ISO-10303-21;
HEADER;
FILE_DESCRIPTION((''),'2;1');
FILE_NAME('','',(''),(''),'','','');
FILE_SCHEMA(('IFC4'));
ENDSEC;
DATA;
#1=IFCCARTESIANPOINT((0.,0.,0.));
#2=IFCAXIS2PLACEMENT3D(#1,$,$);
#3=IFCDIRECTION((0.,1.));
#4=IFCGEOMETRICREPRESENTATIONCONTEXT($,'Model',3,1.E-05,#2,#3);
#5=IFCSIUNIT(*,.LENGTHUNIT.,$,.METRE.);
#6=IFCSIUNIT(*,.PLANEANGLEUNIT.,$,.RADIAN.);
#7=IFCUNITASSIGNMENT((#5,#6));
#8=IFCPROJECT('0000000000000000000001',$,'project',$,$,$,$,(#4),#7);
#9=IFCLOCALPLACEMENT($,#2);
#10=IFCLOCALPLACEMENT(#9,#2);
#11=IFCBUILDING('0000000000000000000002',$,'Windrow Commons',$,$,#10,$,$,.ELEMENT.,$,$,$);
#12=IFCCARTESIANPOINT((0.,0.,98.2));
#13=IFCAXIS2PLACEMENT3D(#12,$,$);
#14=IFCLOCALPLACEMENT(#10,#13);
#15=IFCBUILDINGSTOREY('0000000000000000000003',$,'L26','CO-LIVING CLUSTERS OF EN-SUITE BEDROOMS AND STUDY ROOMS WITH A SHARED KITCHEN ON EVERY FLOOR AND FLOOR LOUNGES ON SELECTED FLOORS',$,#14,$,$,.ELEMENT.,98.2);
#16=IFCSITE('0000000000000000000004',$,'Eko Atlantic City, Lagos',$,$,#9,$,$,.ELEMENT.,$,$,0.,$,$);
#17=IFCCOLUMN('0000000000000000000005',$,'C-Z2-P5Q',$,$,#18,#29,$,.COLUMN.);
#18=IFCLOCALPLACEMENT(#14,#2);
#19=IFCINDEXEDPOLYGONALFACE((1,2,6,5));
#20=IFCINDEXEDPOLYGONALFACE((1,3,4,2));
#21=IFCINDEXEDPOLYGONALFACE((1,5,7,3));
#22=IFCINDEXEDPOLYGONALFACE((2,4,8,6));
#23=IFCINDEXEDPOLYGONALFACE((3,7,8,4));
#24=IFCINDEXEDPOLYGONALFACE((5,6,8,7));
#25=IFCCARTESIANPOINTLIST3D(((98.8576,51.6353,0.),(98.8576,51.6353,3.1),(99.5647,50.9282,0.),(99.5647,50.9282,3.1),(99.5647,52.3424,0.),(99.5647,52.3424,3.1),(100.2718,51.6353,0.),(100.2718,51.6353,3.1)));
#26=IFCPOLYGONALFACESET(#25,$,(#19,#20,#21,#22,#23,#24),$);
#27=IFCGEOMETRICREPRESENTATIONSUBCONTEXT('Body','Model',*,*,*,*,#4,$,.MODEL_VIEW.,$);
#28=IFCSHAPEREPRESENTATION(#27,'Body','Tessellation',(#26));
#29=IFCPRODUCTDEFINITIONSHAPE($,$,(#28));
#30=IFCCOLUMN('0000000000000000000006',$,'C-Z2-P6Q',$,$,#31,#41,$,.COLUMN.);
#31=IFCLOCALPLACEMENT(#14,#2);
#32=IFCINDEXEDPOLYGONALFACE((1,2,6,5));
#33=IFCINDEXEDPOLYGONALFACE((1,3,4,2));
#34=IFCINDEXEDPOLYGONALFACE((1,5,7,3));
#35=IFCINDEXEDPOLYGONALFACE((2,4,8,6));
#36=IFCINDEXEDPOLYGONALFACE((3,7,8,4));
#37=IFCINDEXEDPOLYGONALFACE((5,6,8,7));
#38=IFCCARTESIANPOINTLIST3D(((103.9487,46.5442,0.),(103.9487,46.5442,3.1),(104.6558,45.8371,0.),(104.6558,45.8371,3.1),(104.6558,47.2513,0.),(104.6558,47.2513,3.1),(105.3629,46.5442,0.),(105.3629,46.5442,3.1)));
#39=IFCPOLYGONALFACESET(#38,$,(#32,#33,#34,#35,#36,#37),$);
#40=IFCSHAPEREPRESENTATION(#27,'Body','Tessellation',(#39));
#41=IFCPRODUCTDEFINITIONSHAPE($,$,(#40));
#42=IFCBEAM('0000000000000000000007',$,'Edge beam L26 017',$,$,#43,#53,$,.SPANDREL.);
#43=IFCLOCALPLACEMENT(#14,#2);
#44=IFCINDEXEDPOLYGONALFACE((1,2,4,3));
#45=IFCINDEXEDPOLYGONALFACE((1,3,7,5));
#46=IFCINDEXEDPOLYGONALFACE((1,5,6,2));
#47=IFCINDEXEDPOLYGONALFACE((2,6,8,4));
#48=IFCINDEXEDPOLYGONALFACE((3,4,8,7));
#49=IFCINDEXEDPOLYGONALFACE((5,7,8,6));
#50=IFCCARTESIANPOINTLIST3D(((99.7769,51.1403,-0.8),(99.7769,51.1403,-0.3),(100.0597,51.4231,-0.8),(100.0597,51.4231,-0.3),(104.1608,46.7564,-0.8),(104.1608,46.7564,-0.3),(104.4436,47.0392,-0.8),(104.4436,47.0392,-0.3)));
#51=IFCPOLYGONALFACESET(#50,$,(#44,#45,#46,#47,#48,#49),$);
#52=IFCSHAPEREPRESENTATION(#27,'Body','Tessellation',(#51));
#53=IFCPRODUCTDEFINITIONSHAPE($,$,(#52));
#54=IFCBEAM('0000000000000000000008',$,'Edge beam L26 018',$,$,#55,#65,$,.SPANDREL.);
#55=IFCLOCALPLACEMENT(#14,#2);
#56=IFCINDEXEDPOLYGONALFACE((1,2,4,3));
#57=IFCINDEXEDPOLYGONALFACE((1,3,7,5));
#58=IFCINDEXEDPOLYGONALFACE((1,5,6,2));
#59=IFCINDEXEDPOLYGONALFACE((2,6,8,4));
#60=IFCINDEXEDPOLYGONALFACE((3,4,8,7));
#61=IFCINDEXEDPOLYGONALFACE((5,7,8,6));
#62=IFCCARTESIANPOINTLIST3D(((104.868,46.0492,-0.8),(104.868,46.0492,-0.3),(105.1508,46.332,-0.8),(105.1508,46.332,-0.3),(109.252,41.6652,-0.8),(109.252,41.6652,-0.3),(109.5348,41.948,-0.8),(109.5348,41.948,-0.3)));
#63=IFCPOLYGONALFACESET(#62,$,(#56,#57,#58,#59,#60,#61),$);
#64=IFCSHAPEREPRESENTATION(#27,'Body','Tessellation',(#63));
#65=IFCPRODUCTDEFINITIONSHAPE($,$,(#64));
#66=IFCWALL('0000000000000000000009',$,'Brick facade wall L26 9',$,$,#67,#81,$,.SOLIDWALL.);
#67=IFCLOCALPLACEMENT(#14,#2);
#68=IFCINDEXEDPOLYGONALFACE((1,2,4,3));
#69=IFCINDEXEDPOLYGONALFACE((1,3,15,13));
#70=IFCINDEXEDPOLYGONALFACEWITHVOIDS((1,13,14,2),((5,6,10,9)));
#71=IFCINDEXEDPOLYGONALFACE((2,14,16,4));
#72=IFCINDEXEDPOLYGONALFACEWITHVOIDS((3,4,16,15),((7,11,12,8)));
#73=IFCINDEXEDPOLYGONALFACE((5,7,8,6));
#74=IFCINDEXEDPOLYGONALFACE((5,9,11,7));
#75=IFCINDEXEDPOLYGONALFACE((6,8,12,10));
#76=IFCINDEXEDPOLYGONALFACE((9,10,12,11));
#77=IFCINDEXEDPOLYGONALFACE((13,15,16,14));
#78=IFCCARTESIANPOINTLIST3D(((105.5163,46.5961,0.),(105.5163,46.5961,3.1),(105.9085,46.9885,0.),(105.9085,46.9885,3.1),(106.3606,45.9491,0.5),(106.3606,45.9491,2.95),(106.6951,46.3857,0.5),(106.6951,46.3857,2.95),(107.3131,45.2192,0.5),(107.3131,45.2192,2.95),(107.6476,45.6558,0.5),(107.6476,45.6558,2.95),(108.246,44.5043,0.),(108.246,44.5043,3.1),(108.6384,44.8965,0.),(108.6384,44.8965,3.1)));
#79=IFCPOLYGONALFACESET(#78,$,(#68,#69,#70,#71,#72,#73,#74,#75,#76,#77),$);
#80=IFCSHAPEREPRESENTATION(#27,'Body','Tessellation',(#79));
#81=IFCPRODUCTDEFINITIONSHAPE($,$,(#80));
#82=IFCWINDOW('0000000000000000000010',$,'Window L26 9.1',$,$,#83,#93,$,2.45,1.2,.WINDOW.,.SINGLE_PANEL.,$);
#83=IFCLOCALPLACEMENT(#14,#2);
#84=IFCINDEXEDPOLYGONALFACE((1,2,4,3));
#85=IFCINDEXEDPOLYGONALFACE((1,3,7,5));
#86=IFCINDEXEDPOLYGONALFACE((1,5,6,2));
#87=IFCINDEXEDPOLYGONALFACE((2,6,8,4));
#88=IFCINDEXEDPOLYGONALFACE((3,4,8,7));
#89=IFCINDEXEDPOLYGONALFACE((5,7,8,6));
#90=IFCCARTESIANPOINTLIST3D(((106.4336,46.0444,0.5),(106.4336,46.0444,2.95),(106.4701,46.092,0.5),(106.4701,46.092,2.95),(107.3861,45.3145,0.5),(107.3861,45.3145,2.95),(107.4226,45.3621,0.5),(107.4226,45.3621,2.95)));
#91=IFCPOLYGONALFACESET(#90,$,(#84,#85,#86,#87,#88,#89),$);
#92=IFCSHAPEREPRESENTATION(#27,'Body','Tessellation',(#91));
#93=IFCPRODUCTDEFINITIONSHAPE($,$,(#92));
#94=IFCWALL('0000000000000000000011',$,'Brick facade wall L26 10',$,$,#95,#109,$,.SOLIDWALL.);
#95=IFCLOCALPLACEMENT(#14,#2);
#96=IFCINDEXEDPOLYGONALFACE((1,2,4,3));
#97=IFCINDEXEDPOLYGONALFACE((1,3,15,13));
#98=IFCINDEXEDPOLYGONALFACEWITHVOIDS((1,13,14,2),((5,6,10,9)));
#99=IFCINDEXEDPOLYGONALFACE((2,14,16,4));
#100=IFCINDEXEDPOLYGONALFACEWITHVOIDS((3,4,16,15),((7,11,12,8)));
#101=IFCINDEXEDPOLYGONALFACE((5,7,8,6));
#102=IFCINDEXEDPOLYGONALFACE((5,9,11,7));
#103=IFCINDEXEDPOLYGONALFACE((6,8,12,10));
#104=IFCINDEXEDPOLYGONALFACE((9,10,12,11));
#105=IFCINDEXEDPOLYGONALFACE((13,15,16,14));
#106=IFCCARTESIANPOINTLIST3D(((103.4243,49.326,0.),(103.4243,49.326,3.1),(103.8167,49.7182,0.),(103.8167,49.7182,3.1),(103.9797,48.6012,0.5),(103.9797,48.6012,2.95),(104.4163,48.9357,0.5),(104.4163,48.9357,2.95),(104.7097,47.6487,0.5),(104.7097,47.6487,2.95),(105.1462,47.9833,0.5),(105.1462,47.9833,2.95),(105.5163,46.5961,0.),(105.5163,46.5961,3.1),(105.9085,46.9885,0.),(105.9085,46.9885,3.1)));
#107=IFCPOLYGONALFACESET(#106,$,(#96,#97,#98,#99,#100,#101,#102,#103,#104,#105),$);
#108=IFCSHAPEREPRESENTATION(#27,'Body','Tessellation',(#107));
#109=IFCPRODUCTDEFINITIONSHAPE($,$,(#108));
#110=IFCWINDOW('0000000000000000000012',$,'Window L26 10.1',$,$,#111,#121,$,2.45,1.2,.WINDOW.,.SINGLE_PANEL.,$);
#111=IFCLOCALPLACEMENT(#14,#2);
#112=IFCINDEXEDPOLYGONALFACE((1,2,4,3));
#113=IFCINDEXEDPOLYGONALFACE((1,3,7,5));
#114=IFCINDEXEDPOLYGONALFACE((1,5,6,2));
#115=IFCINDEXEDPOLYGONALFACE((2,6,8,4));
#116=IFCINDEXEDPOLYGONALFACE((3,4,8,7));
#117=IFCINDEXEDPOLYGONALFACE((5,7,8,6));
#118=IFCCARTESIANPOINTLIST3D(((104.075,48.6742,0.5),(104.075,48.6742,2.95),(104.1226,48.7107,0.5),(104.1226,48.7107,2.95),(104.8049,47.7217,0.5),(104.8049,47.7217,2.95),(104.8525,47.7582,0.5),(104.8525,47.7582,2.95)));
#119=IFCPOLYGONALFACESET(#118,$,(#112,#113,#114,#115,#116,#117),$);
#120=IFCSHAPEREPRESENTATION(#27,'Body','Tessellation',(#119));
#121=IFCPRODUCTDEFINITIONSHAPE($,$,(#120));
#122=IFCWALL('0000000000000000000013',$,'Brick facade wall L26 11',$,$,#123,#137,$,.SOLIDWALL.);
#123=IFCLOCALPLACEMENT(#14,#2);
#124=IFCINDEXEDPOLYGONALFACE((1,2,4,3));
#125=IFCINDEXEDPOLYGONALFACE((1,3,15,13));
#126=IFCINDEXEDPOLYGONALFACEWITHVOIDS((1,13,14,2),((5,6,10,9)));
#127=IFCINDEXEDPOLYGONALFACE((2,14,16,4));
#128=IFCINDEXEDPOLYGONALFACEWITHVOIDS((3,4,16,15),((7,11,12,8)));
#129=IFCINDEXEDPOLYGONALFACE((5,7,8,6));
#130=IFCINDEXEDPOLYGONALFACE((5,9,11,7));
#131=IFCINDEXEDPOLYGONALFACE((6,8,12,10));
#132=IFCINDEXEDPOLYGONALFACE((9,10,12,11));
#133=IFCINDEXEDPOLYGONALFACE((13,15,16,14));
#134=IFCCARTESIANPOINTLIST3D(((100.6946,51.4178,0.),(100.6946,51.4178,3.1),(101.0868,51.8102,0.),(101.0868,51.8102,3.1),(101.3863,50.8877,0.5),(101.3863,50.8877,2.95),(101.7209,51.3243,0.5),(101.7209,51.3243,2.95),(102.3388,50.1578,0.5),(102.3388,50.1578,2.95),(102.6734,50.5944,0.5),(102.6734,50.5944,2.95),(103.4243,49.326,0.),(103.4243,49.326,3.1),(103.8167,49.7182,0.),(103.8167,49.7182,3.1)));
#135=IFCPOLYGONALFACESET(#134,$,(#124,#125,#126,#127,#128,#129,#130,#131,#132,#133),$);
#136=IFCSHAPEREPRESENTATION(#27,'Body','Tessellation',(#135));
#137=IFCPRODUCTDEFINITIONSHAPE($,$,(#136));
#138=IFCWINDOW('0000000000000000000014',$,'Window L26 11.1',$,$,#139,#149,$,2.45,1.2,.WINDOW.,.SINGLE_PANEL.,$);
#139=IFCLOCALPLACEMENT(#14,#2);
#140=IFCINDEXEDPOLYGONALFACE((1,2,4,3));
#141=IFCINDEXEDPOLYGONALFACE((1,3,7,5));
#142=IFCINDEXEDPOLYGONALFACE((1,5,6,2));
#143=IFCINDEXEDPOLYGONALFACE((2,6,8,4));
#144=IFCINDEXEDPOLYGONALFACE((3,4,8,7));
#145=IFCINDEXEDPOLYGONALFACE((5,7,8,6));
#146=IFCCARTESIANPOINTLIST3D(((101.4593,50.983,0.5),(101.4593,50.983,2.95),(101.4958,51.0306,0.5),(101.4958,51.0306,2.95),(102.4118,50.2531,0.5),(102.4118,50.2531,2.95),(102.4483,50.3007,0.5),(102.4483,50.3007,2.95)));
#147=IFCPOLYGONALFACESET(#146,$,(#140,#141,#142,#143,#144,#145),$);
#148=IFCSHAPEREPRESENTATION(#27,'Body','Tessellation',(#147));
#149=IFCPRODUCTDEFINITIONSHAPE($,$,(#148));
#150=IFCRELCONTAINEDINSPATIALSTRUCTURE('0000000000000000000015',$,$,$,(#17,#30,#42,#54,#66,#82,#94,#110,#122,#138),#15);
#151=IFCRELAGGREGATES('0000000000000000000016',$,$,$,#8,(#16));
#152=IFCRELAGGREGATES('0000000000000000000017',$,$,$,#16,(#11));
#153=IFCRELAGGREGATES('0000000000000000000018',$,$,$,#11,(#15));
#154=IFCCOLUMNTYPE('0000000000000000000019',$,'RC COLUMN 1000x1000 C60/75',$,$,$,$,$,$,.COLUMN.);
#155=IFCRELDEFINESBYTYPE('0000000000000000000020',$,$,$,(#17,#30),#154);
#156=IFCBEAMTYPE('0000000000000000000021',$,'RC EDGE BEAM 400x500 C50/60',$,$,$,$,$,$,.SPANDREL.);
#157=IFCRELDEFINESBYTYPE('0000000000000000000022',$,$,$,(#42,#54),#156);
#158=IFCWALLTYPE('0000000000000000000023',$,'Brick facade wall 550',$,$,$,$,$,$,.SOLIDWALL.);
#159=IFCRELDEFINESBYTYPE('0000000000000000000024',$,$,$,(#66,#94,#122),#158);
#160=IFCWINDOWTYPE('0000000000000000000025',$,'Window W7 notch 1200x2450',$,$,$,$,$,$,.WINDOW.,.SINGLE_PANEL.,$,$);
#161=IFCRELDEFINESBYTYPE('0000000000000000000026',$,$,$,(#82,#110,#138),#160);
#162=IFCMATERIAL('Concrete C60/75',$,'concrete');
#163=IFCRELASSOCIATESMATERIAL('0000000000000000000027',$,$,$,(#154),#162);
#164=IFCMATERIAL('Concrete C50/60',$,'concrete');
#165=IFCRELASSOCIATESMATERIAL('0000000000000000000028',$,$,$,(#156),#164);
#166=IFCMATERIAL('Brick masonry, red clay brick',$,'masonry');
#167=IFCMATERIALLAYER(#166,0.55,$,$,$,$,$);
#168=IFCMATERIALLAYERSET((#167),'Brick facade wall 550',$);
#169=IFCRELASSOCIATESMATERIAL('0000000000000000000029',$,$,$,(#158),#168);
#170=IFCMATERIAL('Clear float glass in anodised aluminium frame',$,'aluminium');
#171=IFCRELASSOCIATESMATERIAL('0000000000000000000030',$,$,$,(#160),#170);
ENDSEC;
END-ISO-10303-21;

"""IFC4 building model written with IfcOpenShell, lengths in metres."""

from ifc_helpers import new_model, si_unit, direction, frame, frame_2d, origin, origin_2d, place, context, subcontext, project, spatial, polyline, rectangle, outline, extrude, material, layer, layer_set, material_profile, profile_set, type_object, element, fill, save


model = new_model("IFC4")

# Units and contexts
model_context = context("Model", 3, precision=1e-05, world=origin(), true_north=direction((0.0, 1.0)))
body_context = subcontext(model_context, "Body", "Model", "MODEL_VIEW")
ifc_project = project(units=[si_unit("LENGTHUNIT", "METRE"), si_unit("PLANEANGLEUNIT", "RADIAN")], contexts=[model_context])

# Site, building, storey
site_placement = place(None, origin())
site = spatial("IfcSite", under=ifc_project, at=site_placement, Name="Eko Atlantic City, Lagos", CompositionType="ELEMENT", RefElevation=0.0)
building_placement = place(site_placement, origin())
building = spatial("IfcBuilding", under=site, at=building_placement, Name="Windrow Commons", CompositionType="ELEMENT")
storey_placement = place(building_placement, frame((0.0, 0.0, 98.2)))
storey = spatial("IfcBuildingStorey", under=building, at=storey_placement, Name="L26", Description="CO-LIVING CLUSTERS OF EN-SUITE BEDROOMS AND STUDY ROOMS WITH A SHARED KITCHEN ON EVERY FLOOR AND FLOOR LOUNGES ON SELECTED FLOORS", CompositionType="ELEMENT", Elevation=98.2)

# Columns
ifc_material_1 = material(Name="Concrete C60/75", Category="concrete")
ifc_material_profile_1 = material_profile(ifc_material_1, rectangle(XDim=1.0, YDim=1.0, at=origin_2d()))
ifc_profile_set_1 = profile_set([ifc_material_profile_1], Name="Concrete C60/75")
column_type = type_object("IfcColumnType", Name="RC COLUMN 1000x1000 C60/75", PredefinedType="COLUMN", material=ifc_profile_set_1)
for number, where, z_axis, x_axis, name in (
    (1, (99.5647, 51.6353, 0.0), (0.0, 0.0, 1.0), (0.707107, -0.707107, 0.0), "C-Z2-P5Q"),
    (2, (104.6558, 46.5442, 0.0), (0.0, 0.0, 1.0), (0.707107, -0.707107, 0.0), "C-Z2-P6Q"),
):
    element("IfcColumn", number, at=place(storey_placement, frame(where, z_axis=z_axis, x_axis=x_axis)), inside=storey, type_object=column_type, Name=name, PredefinedType="COLUMN", context=body_context, shape_type="SweptSolid", body=[
        extrude(rectangle(XDim=1.0, YDim=1.0, at=origin_2d()), origin(), (0.0, 0.0, 1.0), 3.1),
    ])

# Beams
ifc_material_2 = material(Name="Concrete C50/60", Category="concrete")
ifc_material_profile_2 = material_profile(ifc_material_2, rectangle(XDim=0.4, YDim=0.5, at=origin_2d()))
ifc_profile_set_2 = profile_set([ifc_material_profile_2], Name="Concrete C50/60")
beam_type = type_object("IfcBeamType", Name="RC EDGE BEAM 400x500 C50/60", PredefinedType="SPANDREL", material=ifc_profile_set_2)
beam_1_placement = place(storey_placement, frame((99.9183, 51.2817, -0.55), z_axis=(0.707107, -0.707107, 0.0), x_axis=(0.707107, 0.707107, 0.0)))
element("IfcBeam", 3, at=beam_1_placement, inside=storey, type_object=beam_type, Name="Edge beam L26 017", PredefinedType="SPANDREL", context=body_context, shape_type="SweptSolid", body=[
    extrude(rectangle(XDim=0.4, YDim=0.5, at=origin_2d()), origin(), (0.0, 0.0, 1.0), 6.1998),
])
beam_2_placement = place(storey_placement, frame((105.0094, 46.1906, -0.55), z_axis=(0.707107, -0.707107, 0.0), x_axis=(0.707107, 0.707107, 0.0)))
element("IfcBeam", 4, at=beam_2_placement, inside=storey, type_object=beam_type, Name="Edge beam L26 018", PredefinedType="SPANDREL", context=body_context, shape_type="SweptSolid", body=[
    extrude(rectangle(XDim=0.4, YDim=0.5, at=origin_2d()), origin(), (0.0, 0.0, 1.0), 6.1999),
])

# Walls, openings, windows
ifc_material_3 = material(Name="Brick masonry, red clay brick", Category="masonry")
ifc_layer_1 = layer(ifc_material_3, 0.55)
ifc_layer_set_1 = layer_set([ifc_layer_1], Name="Brick facade wall 550")
wall_type_1 = type_object("IfcWallType", Name="Brick facade wall 550", PredefinedType="SOLIDWALL", material=ifc_layer_set_1)
wall_1_placement = place(storey_placement, frame((108.4422, 44.7004, 0.0), z_axis=(0.0, 0.0, 1.0), x_axis=(-0.793739, 0.608258, 0.0)))
wall_1 = element("IfcWall", 5, at=wall_1_placement, inside=storey, type_object=wall_type_1, Name="Brick facade wall L26 9", PredefinedType="SOLIDWALL", context=body_context, shape_type="SweptSolid", body=[
    extrude(outline(polyline([(-0.0364, -0.275), (3.4028, -0.275), (3.4755, 0.275), (0.0364, 0.275), (-0.0364, -0.275)])), origin(), (0.0, 0.0, 1.0), 3.1),
])
opening_1_placement = place(wall_1_placement, frame((1.2118, 0.0, 0.5)))
opening_1 = element("IfcOpeningElement", 6, at=opening_1_placement, cuts=wall_1, PredefinedType="OPENING", context=body_context, shape_type="SweptSolid", body=[
    extrude(rectangle(XDim=1.2, YDim=2.45, at=frame_2d((0.6, 1.225))), frame((0.0, 0.285, 0.0), z_axis=(0.0, -1.0, 0.0), x_axis=(1.0, 0.0, 0.0)), (0.0, 0.0, 1.0), 0.57),
])
ifc_material_4 = material(Name="Clear float glass in anodised aluminium frame", Category="aluminium")
window_type = type_object("IfcWindowType", Name="Window W7 notch 1200x2450", PartitioningType="SINGLE_PANEL", PredefinedType="WINDOW", material=ifc_material_4)
window_1_placement = place(opening_1_placement, origin())
window_1 = element("IfcWindow", 7, at=window_1_placement, inside=storey, type_object=window_type, Name="Window L26 9.1", OverallHeight=2.45, OverallWidth=1.2, PartitioningType="SINGLE_PANEL", PredefinedType="WINDOW", context=body_context, shape_type="SweptSolid", body=[
    extrude(rectangle(XDim=1.2, YDim=2.45, at=frame_2d((0.6, 1.225))), frame((0.0, 0.155, 0.0), z_axis=(0.0, -1.0, 0.0), x_axis=(1.0, 0.0, 0.0)), (0.0, 0.0, 1.0), 0.06),
])
fill(opening_1, window_1)
wall_2_placement = place(storey_placement, frame((105.7124, 46.7923, 0.0), z_axis=(0.0, 0.0, 1.0), x_axis=(-0.608258, 0.793739, 0.0)))
wall_2 = element("IfcWall", 8, at=wall_2_placement, inside=storey, type_object=wall_type_1, Name="Brick facade wall L26 10", PredefinedType="SOLIDWALL", context=body_context, shape_type="SweptSolid", body=[
    extrude(outline(polyline([(0.0364, -0.275), (3.4755, -0.275), (3.4028, 0.275), (-0.0364, 0.275), (0.0364, -0.275)])), origin(), (0.0, 0.0, 1.0), 3.1),
])
opening_2_placement = place(wall_2_placement, frame((1.2897, 0.0, 0.5)))
opening_2 = element("IfcOpeningElement", 9, at=opening_2_placement, cuts=wall_2, PredefinedType="OPENING", context=body_context, shape_type="SweptSolid", body=[
    extrude(rectangle(XDim=1.2, YDim=2.45, at=frame_2d((0.6, 1.225))), frame((0.0, 0.285, 0.0), z_axis=(0.0, -1.0, 0.0), x_axis=(1.0, 0.0, 0.0)), (0.0, 0.0, 1.0), 0.57),
])
window_2_placement = place(opening_2_placement, origin())
window_2 = element("IfcWindow", 10, at=window_2_placement, inside=storey, type_object=window_type, Name="Window L26 10.1", OverallHeight=2.45, OverallWidth=1.2, PartitioningType="SINGLE_PANEL", PredefinedType="WINDOW", context=body_context, shape_type="SweptSolid", body=[
    extrude(rectangle(XDim=1.2, YDim=2.45, at=frame_2d((0.6, 1.225))), frame((0.0, 0.155, 0.0), z_axis=(0.0, -1.0, 0.0), x_axis=(1.0, 0.0, 0.0)), (0.0, 0.0, 1.0), 0.06),
])
fill(opening_2, window_2)
wall_3_placement = place(storey_placement, frame((103.6205, 49.5221, 0.0), z_axis=(0.0, 0.0, 1.0), x_axis=(-0.793739, 0.608258, 0.0)))
wall_3 = element("IfcWall", 11, at=wall_3_placement, inside=storey, type_object=wall_type_1, Name="Brick facade wall L26 11", PredefinedType="SOLIDWALL", context=body_context, shape_type="SweptSolid", body=[
    extrude(outline(polyline([(-0.0364, -0.275), (3.4028, -0.275), (3.4755, 0.275), (0.0364, 0.275), (-0.0364, -0.275)])), origin(), (0.0, 0.0, 1.0), 3.1),
])
opening_3_placement = place(wall_3_placement, frame((1.404, 0.0, 0.5)))
opening_3 = element("IfcOpeningElement", 12, at=opening_3_placement, cuts=wall_3, PredefinedType="OPENING", context=body_context, shape_type="SweptSolid", body=[
    extrude(rectangle(XDim=1.2, YDim=2.45, at=frame_2d((0.6, 1.225))), frame((0.0, 0.285, 0.0), z_axis=(0.0, -1.0, 0.0), x_axis=(1.0, 0.0, 0.0)), (0.0, 0.0, 1.0), 0.57),
])
window_3_placement = place(opening_3_placement, origin())
window_3 = element("IfcWindow", 13, at=window_3_placement, inside=storey, type_object=window_type, Name="Window L26 11.1", OverallHeight=2.45, OverallWidth=1.2, PartitioningType="SINGLE_PANEL", PredefinedType="WINDOW", context=body_context, shape_type="SweptSolid", body=[
    extrude(rectangle(XDim=1.2, YDim=2.45, at=frame_2d((0.6, 1.225))), frame((0.0, 0.155, 0.0), z_axis=(0.0, -1.0, 0.0), x_axis=(1.0, 0.0, 0.0)), (0.0, 0.0, 1.0), 0.06),
])
fill(opening_3, window_3)

save(model, "model.ifc")
